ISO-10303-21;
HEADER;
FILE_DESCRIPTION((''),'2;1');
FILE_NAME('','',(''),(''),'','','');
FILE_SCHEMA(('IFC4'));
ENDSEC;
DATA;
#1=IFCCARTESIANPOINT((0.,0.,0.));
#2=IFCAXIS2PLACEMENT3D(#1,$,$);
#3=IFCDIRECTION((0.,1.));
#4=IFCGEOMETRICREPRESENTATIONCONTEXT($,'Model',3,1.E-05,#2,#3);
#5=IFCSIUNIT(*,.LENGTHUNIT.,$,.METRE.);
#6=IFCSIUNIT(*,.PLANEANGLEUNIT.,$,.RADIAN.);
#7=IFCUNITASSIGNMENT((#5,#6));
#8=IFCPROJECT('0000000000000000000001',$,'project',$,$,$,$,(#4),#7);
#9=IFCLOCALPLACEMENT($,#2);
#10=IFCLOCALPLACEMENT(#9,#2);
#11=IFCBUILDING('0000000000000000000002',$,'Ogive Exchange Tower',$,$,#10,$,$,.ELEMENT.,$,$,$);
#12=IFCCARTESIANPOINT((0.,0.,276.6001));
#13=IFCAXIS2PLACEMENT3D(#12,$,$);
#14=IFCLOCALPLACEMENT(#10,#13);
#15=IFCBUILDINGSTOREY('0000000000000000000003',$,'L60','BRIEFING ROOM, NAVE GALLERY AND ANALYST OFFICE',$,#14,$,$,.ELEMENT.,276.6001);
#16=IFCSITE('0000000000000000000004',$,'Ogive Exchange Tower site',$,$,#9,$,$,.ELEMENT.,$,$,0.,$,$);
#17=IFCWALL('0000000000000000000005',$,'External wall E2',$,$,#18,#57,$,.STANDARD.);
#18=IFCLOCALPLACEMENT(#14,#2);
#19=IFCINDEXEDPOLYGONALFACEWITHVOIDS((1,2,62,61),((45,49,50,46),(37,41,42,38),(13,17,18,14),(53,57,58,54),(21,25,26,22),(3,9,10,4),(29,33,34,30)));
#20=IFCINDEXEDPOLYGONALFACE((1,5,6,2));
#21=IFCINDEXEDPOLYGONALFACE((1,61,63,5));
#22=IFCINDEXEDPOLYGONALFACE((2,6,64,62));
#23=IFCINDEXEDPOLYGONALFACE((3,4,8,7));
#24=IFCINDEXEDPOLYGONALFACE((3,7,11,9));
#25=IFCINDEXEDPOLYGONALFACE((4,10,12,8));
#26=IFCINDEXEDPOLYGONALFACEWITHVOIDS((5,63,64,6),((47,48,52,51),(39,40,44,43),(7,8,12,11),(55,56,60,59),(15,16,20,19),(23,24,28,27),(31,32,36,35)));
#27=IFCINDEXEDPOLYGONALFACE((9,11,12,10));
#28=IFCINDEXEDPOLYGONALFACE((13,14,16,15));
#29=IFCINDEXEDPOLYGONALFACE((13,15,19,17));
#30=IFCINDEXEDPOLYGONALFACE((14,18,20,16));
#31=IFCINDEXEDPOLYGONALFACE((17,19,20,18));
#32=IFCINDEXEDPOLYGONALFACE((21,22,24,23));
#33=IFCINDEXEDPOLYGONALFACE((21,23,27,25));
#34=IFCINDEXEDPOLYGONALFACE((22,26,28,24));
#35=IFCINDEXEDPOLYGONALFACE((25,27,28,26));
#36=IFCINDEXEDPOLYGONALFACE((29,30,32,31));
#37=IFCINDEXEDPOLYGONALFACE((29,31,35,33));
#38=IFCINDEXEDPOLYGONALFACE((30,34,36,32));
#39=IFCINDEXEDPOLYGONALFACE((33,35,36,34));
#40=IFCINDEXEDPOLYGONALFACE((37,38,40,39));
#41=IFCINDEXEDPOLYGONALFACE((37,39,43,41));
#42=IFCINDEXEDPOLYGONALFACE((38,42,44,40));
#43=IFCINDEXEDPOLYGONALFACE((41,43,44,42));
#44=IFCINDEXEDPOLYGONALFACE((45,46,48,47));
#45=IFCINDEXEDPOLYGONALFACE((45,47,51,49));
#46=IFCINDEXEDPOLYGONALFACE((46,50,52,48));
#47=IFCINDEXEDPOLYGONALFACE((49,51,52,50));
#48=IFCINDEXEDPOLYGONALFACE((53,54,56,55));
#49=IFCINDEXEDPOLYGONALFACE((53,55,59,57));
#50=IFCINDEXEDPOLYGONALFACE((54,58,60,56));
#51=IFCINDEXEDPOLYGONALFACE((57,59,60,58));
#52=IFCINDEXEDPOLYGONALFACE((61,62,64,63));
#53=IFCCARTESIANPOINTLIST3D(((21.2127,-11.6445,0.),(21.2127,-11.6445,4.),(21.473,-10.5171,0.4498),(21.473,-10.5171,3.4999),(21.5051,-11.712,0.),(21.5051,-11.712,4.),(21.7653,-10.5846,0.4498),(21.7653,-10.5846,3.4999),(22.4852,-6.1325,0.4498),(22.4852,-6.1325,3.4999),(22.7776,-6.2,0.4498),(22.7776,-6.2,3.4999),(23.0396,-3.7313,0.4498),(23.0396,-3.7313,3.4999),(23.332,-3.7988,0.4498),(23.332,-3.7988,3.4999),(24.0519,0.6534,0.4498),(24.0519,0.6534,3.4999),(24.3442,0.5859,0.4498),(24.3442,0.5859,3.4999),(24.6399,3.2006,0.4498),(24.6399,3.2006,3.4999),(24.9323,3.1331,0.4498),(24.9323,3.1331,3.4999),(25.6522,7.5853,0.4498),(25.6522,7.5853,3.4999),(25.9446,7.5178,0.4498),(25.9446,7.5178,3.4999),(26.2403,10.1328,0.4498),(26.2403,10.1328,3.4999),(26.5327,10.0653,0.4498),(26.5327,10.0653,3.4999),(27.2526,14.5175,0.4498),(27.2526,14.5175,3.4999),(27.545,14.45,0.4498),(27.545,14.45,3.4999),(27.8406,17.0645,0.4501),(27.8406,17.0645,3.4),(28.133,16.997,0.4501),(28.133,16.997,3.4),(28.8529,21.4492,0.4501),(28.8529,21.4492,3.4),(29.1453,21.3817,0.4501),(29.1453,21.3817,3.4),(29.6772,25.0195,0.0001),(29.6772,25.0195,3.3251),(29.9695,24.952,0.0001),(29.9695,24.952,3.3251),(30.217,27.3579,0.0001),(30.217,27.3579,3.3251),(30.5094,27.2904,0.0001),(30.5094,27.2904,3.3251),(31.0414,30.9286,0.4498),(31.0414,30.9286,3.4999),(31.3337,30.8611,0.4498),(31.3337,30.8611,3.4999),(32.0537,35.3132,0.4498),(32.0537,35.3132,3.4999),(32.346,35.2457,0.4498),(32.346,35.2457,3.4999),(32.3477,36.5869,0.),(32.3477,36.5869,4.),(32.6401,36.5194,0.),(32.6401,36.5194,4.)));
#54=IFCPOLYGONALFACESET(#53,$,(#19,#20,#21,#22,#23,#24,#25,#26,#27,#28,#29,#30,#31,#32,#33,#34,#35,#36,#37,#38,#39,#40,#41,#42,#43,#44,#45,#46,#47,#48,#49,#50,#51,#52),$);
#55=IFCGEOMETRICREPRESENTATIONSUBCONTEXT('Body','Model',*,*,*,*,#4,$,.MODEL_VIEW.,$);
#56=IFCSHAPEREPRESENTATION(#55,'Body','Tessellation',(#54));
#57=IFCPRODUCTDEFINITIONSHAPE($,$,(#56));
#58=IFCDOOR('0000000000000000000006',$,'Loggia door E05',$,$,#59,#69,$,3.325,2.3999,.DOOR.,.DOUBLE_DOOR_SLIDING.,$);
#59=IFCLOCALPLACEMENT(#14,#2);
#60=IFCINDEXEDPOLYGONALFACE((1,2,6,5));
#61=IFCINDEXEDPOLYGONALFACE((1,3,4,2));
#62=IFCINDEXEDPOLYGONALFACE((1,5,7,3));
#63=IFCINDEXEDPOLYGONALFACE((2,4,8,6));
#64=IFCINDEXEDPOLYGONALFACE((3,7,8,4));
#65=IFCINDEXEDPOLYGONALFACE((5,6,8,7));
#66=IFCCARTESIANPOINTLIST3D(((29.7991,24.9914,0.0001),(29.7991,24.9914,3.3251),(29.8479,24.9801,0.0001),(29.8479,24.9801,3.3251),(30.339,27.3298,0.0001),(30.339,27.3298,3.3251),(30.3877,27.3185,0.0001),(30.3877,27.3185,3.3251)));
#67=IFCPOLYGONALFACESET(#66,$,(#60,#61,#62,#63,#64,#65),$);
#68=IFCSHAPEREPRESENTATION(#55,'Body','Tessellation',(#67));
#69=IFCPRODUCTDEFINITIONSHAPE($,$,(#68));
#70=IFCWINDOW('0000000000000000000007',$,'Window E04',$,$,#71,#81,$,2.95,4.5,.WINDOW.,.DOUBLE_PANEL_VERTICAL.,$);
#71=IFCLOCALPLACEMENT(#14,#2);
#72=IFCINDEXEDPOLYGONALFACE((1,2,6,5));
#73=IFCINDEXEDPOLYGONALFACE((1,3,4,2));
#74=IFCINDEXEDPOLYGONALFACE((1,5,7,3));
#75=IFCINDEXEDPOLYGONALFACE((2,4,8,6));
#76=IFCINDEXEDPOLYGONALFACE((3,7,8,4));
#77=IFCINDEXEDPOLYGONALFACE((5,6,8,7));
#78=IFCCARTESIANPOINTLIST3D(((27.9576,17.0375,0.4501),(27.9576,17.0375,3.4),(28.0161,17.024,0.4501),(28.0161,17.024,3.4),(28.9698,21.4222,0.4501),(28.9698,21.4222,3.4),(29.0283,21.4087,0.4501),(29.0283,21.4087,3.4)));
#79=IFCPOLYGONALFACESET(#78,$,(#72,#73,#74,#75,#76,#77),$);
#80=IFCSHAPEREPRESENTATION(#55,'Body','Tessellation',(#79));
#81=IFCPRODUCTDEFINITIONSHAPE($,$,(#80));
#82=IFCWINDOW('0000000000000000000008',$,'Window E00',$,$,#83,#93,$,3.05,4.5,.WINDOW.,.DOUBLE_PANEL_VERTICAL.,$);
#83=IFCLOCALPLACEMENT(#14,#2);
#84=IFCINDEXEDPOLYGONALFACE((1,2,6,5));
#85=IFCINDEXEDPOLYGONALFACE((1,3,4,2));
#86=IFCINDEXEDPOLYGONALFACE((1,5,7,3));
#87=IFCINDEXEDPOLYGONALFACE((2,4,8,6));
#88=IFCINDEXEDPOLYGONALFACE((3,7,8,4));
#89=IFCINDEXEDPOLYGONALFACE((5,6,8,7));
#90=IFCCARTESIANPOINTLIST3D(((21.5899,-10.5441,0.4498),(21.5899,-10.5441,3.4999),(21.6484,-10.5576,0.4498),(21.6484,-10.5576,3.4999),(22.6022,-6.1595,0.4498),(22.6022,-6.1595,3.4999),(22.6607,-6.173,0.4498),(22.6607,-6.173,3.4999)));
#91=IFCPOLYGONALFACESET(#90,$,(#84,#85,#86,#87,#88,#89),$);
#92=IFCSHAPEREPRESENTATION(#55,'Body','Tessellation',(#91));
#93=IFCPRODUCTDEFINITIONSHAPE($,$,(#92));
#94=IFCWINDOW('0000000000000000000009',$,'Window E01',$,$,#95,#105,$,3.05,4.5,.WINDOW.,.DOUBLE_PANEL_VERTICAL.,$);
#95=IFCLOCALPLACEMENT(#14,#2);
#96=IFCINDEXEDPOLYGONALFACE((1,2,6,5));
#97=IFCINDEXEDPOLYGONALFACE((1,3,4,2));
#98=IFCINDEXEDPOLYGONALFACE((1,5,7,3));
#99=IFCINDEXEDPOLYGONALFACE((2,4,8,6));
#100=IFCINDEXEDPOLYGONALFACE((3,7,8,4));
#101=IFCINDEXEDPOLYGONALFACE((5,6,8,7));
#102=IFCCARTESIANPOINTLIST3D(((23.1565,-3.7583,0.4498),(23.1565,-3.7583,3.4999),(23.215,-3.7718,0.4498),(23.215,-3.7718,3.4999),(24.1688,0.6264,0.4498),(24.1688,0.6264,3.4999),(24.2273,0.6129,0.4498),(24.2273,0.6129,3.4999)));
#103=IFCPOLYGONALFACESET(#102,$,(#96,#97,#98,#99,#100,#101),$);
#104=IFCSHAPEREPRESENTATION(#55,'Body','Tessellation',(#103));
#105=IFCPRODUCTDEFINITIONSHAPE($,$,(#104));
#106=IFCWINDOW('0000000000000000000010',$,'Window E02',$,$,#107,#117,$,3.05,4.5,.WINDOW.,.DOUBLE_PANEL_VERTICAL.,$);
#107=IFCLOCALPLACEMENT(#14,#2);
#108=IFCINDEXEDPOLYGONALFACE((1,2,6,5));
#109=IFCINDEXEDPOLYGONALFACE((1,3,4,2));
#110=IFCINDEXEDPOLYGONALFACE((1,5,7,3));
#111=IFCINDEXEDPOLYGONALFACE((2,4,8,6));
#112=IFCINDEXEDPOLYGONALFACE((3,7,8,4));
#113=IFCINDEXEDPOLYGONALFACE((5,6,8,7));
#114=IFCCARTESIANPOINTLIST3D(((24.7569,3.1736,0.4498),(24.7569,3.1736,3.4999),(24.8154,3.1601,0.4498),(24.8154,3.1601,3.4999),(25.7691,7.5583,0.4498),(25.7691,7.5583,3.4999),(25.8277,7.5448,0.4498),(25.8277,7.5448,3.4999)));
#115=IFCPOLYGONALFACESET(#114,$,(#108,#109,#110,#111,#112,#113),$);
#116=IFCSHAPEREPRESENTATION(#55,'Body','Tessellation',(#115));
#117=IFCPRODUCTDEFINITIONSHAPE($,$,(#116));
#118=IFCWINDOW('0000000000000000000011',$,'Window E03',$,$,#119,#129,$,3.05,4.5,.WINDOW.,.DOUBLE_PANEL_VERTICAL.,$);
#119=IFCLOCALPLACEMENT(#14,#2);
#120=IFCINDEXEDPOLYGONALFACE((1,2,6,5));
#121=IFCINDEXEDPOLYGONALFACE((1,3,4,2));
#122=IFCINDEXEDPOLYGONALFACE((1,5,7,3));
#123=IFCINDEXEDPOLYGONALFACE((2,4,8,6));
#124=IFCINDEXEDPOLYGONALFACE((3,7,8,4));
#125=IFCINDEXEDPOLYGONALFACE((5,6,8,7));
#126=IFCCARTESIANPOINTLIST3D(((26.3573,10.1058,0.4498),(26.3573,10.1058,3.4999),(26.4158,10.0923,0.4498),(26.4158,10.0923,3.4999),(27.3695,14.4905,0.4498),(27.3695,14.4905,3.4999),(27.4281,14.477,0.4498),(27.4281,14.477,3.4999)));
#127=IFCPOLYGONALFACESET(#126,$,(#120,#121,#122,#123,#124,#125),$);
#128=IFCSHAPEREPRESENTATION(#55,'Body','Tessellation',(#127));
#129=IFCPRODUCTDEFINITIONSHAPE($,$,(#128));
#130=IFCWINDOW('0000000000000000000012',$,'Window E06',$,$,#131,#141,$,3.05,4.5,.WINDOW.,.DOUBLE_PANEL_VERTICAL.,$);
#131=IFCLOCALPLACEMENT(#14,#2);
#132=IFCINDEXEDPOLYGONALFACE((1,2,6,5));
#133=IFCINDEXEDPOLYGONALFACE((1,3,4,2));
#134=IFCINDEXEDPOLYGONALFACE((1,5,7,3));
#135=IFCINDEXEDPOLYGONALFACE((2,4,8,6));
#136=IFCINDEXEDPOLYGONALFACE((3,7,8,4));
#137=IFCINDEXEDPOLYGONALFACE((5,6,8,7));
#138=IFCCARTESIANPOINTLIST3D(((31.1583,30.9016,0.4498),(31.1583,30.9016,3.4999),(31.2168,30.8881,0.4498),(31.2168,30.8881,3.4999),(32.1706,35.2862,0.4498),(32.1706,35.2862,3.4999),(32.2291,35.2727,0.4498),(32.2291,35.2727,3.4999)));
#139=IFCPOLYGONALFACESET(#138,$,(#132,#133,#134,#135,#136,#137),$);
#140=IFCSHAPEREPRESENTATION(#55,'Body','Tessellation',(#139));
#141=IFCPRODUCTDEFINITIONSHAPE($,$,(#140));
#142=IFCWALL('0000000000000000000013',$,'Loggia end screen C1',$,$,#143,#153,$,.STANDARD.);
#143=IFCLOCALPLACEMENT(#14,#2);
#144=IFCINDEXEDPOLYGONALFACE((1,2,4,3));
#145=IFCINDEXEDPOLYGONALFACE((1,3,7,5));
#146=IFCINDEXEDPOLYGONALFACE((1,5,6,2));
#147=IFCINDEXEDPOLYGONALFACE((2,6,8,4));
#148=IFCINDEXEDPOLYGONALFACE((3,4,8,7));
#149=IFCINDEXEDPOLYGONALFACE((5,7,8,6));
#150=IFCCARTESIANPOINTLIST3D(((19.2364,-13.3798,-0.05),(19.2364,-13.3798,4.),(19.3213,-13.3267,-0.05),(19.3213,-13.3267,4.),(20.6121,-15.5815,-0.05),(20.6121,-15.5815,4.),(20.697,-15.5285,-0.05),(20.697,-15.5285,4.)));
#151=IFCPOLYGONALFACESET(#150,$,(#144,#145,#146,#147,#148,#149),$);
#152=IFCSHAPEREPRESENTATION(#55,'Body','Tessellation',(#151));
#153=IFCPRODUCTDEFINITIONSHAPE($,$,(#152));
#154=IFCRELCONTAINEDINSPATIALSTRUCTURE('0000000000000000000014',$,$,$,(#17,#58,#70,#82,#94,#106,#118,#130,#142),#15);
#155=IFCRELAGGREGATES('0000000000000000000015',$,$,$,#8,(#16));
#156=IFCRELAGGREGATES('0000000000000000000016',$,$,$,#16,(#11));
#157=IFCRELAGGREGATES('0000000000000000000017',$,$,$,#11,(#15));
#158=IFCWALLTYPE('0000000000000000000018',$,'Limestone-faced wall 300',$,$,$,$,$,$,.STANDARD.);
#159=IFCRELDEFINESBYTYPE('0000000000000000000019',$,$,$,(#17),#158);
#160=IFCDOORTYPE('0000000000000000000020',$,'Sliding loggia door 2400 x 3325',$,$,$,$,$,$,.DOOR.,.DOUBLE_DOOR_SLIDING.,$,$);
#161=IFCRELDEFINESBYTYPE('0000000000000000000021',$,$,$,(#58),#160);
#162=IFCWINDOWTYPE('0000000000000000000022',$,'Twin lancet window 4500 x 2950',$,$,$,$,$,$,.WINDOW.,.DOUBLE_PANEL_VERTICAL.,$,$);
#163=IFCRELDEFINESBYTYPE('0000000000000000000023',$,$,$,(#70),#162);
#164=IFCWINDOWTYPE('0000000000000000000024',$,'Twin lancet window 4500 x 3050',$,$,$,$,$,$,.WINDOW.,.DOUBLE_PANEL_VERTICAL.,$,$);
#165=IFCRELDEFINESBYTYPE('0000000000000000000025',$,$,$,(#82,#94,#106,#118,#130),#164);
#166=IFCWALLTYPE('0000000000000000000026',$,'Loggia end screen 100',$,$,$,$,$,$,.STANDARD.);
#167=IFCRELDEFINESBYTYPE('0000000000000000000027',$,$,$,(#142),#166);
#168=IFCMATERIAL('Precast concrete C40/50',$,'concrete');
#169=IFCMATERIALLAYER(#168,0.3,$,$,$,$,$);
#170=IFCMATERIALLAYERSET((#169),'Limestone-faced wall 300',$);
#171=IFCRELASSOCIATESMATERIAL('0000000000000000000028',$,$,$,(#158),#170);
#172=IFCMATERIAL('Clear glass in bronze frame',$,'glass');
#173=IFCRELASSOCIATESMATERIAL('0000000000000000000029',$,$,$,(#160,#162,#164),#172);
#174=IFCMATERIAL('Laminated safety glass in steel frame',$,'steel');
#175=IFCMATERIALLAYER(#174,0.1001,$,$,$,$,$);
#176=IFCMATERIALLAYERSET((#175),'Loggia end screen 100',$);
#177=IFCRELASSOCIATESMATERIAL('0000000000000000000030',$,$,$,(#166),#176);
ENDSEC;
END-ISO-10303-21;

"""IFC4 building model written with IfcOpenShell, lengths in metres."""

from ifc_helpers import new_model, si_unit, direction, frame, frame_2d, origin, place, context, subcontext, project, spatial, rectangle, extrude, material, layer, layer_set, type_object, element, fill, save


model = new_model("IFC4")

# Units and contexts
model_context = context("Model", 3, precision=1e-05, world=origin(), true_north=direction((0.0, 1.0)))
body_context = subcontext(model_context, "Body", "Model", "MODEL_VIEW")
ifc_project = project(units=[si_unit("LENGTHUNIT", "METRE"), si_unit("PLANEANGLEUNIT", "RADIAN")], contexts=[model_context])

# Site, building, storey
site_placement = place(None, origin())
site = spatial("IfcSite", under=ifc_project, at=site_placement, Name="Ogive Exchange Tower site", CompositionType="ELEMENT", RefElevation=0.0)
building_placement = place(site_placement, origin())
building = spatial("IfcBuilding", under=site, at=building_placement, Name="Ogive Exchange Tower", CompositionType="ELEMENT")
storey_placement = place(building_placement, frame((0.0, 0.0, 276.6001)))
storey = spatial("IfcBuildingStorey", under=building, at=storey_placement, Name="L60", Description="BRIEFING ROOM, NAVE GALLERY AND ANALYST OFFICE", CompositionType="ELEMENT", Elevation=276.6001)

# Wall, openings, door, windows
ifc_material_1 = material(Name="Precast concrete C40/50", Category="concrete")
ifc_layer_1 = layer(ifc_material_1, 0.3)
ifc_layer_set_1 = layer_set([ifc_layer_1], Name="Limestone-faced wall 300")
wall_type_1 = type_object("IfcWallType", Name="Limestone-faced wall 300", PredefinedType="STANDARD", material=ifc_layer_set_1)
wall_1_placement = place(storey_placement, frame((21.3589, -11.6782, 0.0), z_axis=(0.0, 0.0, 1.0), x_axis=(0.224949, 0.97437, 0.0)))
wall_1 = element("IfcWall", 1, at=wall_1_placement, inside=storey, type_object=wall_type_1, Name="External wall E2", PredefinedType="STANDARD", context=body_context, shape_type="SweptSolid", body=[
    extrude(rectangle(XDim=49.5, YDim=0.3, at=frame_2d((24.75, 0.0))), origin(), (0.0, 0.0, 1.0), 4.0),
])
opening_1_placement = place(wall_1_placement, frame((1.157, 0.0, 0.45)))
opening_1 = element("IfcOpeningElement", 2, at=opening_1_placement, cuts=wall_1, PredefinedType="OPENING", context=body_context, shape_type="SweptSolid", body=[
    extrude(rectangle(XDim=4.5, YDim=3.05, at=frame_2d((2.25, 1.5249))), frame((0.0, 0.1599, 0.0), z_axis=(0.0, -1.0, 0.0), x_axis=(1.0, 0.0, 0.0)), (0.0, 0.0, 1.0), 0.3201),
])
opening_2_placement = place(wall_1_placement, frame((8.1213, 0.0, 0.45)))
opening_2 = element("IfcOpeningElement", 3, at=opening_2_placement, cuts=wall_1, PredefinedType="OPENING", context=body_context, shape_type="SweptSolid", body=[
    extrude(rectangle(XDim=4.5, YDim=3.05, at=frame_2d((2.25, 1.5249))), frame((0.0, 0.1599, 0.0), z_axis=(0.0, -1.0, 0.0), x_axis=(1.0, 0.0, 0.0)), (0.0, 0.0, 1.0), 0.3201),
])
opening_3_placement = place(wall_1_placement, frame((15.2356, 0.0, 0.45)))
opening_3 = element("IfcOpeningElement", 4, at=opening_3_placement, cuts=wall_1, PredefinedType="OPENING", context=body_context, shape_type="SweptSolid", body=[
    extrude(rectangle(XDim=4.5, YDim=3.05, at=frame_2d((2.25, 1.5249))), frame((0.0, 0.1599, 0.0), z_axis=(0.0, -1.0, 0.0), x_axis=(1.0, 0.0, 0.0)), (0.0, 0.0, 1.0), 0.3201),
])
opening_4_placement = place(wall_1_placement, frame((22.3501, 0.0, 0.45)))
opening_4 = element("IfcOpeningElement", 5, at=opening_4_placement, cuts=wall_1, PredefinedType="OPENING", context=body_context, shape_type="SweptSolid", body=[
    extrude(rectangle(XDim=4.5, YDim=3.05, at=frame_2d((2.25, 1.5249))), frame((0.0, 0.1599, 0.0), z_axis=(0.0, -1.0, 0.0), x_axis=(1.0, 0.0, 0.0)), (0.0, 0.0, 1.0), 0.3201),
])
opening_5_placement = place(wall_1_placement, frame((29.4641, 0.0, 0.45)))
opening_5 = element("IfcOpeningElement", 6, at=opening_5_placement, cuts=wall_1, PredefinedType="OPENING", context=body_context, shape_type="SweptSolid", body=[
    extrude(rectangle(XDim=4.5, YDim=2.95, at=frame_2d((2.25, 1.4751))), frame((0.0, 0.1599, 0.0), z_axis=(0.0, -1.0, 0.0), x_axis=(1.0, 0.0, 0.0)), (0.0, 0.0, 1.0), 0.3201),
])
opening_6_placement = place(wall_1_placement, frame((37.6284, 0.0, 0.0)))
opening_6 = element("IfcOpeningElement", 7, at=opening_6_placement, cuts=wall_1, PredefinedType="OPENING", context=body_context, shape_type="SweptSolid", body=[
    extrude(rectangle(XDim=2.3999, YDim=3.325, at=frame_2d((1.2, 1.6626))), frame((0.0, 0.1599, 0.0), z_axis=(0.0, -1.0, 0.0), x_axis=(1.0, 0.0, 0.0)), (0.0, 0.0, 1.0), 0.3201),
])
opening_7_placement = place(wall_1_placement, frame((43.6929, 0.0, 0.45)))
opening_7 = element("IfcOpeningElement", 8, at=opening_7_placement, cuts=wall_1, PredefinedType="OPENING", context=body_context, shape_type="SweptSolid", body=[
    extrude(rectangle(XDim=4.5, YDim=3.05, at=frame_2d((2.25, 1.5249))), frame((0.0, 0.1599, 0.0), z_axis=(0.0, -1.0, 0.0), x_axis=(1.0, 0.0, 0.0)), (0.0, 0.0, 1.0), 0.3201),
])
ifc_material_2 = material(Name="Clear glass in bronze frame", Category="glass")
door_type_1 = type_object("IfcDoorType", Name="Sliding loggia door 2400 x 3325", OperationType="DOUBLE_DOOR_SLIDING", PredefinedType="DOOR", material=ifc_material_2)
door_1_placement = place(opening_6_placement, origin())
door_1 = element("IfcDoor", 9, at=door_1_placement, inside=storey, type_object=door_type_1, Name="Loggia door E05", OperationType="DOUBLE_DOOR_SLIDING", OverallHeight=3.325, OverallWidth=2.3999, PredefinedType="DOOR", context=body_context, shape_type="SweptSolid", body=[
    extrude(rectangle(XDim=2.3999, YDim=3.325, at=frame_2d((1.2, 1.6626))), frame((0.0, 0.0249, 0.0), z_axis=(0.0, -1.0, 0.0), x_axis=(1.0, 0.0, 0.0)), (0.0, 0.0, 1.0), 0.05),
])
fill(opening_6, door_1)
window_type_1 = type_object("IfcWindowType", Name="Twin lancet window 4500 x 2950", PartitioningType="DOUBLE_PANEL_VERTICAL", PredefinedType="WINDOW", material=ifc_material_2)
window_1_placement = place(opening_5_placement, origin())
window_1 = element("IfcWindow", 10, at=window_1_placement, inside=storey, type_object=window_type_1, Name="Window E04", OverallHeight=2.95, OverallWidth=4.5, PartitioningType="DOUBLE_PANEL_VERTICAL", PredefinedType="WINDOW", context=body_context, shape_type="SweptSolid", body=[
    extrude(rectangle(XDim=4.5, YDim=2.95, at=frame_2d((2.25, 1.4751))), frame((0.0, 0.03, 0.0), z_axis=(0.0, -1.0, 0.0), x_axis=(1.0, 0.0, 0.0)), (0.0, 0.0, 1.0), 0.0601),
])
fill(opening_5, window_1)
window_type_2 = type_object("IfcWindowType", Name="Twin lancet window 4500 x 3050", PartitioningType="DOUBLE_PANEL_VERTICAL", PredefinedType="WINDOW", material=ifc_material_2)
window_2_placement = place(opening_1_placement, origin())
window_2 = element("IfcWindow", 11, at=window_2_placement, inside=storey, type_object=window_type_2, Name="Window E00", OverallHeight=3.05, OverallWidth=4.5, PartitioningType="DOUBLE_PANEL_VERTICAL", PredefinedType="WINDOW", context=body_context, shape_type="SweptSolid", body=[
    extrude(rectangle(XDim=4.5, YDim=3.05, at=frame_2d((2.25, 1.5249))), frame((0.0, 0.03, 0.0), z_axis=(0.0, -1.0, 0.0), x_axis=(1.0, 0.0, 0.0)), (0.0, 0.0, 1.0), 0.0601),
])
fill(opening_1, window_2)
window_3_placement = place(opening_2_placement, origin())
window_3 = element("IfcWindow", 12, at=window_3_placement, inside=storey, type_object=window_type_2, Name="Window E01", OverallHeight=3.05, OverallWidth=4.5, PartitioningType="DOUBLE_PANEL_VERTICAL", PredefinedType="WINDOW", context=body_context, shape_type="SweptSolid", body=[
    extrude(rectangle(XDim=4.5, YDim=3.05, at=frame_2d((2.25, 1.5249))), frame((0.0, 0.03, 0.0), z_axis=(0.0, -1.0, 0.0), x_axis=(1.0, 0.0, 0.0)), (0.0, 0.0, 1.0), 0.0601),
])
fill(opening_2, window_3)
window_4_placement = place(opening_3_placement, origin())
window_4 = element("IfcWindow", 13, at=window_4_placement, inside=storey, type_object=window_type_2, Name="Window E02", OverallHeight=3.05, OverallWidth=4.5, PartitioningType="DOUBLE_PANEL_VERTICAL", PredefinedType="WINDOW", context=body_context, shape_type="SweptSolid", body=[
    extrude(rectangle(XDim=4.5, YDim=3.05, at=frame_2d((2.25, 1.5249))), frame((0.0, 0.03, 0.0), z_axis=(0.0, -1.0, 0.0), x_axis=(1.0, 0.0, 0.0)), (0.0, 0.0, 1.0), 0.0601),
])
fill(opening_3, window_4)
window_5_placement = place(opening_4_placement, origin())
window_5 = element("IfcWindow", 14, at=window_5_placement, inside=storey, type_object=window_type_2, Name="Window E03", OverallHeight=3.05, OverallWidth=4.5, PartitioningType="DOUBLE_PANEL_VERTICAL", PredefinedType="WINDOW", context=body_context, shape_type="SweptSolid", body=[
    extrude(rectangle(XDim=4.5, YDim=3.05, at=frame_2d((2.25, 1.5249))), frame((0.0, 0.03, 0.0), z_axis=(0.0, -1.0, 0.0), x_axis=(1.0, 0.0, 0.0)), (0.0, 0.0, 1.0), 0.0601),
])
fill(opening_4, window_5)
window_6_placement = place(opening_7_placement, origin())
window_6 = element("IfcWindow", 15, at=window_6_placement, inside=storey, type_object=window_type_2, Name="Window E06", OverallHeight=3.05, OverallWidth=4.5, PartitioningType="DOUBLE_PANEL_VERTICAL", PredefinedType="WINDOW", context=body_context, shape_type="SweptSolid", body=[
    extrude(rectangle(XDim=4.5, YDim=3.05, at=frame_2d((2.25, 1.5249))), frame((0.0, 0.03, 0.0), z_axis=(0.0, -1.0, 0.0), x_axis=(1.0, 0.0, 0.0)), (0.0, 0.0, 1.0), 0.0601),
])
fill(opening_7, window_6)

# Wall
ifc_material_3 = material(Name="Laminated safety glass in steel frame", Category="steel")
ifc_layer_2 = layer(ifc_material_3, 0.1001)
ifc_layer_set_2 = layer_set([ifc_layer_2], Name="Loggia end screen 100")
wall_type_2 = type_object("IfcWallType", Name="Loggia end screen 100", PredefinedType="STANDARD", material=ifc_layer_set_2)
wall_2_placement = place(storey_placement, frame((19.2788, -13.3533, -0.05), z_axis=(0.0, 0.0, 1.0), x_axis=(0.529914, -0.848051, 0.0)))
element("IfcWall", 16, at=wall_2_placement, inside=storey, type_object=wall_type_2, Name="Loggia end screen C1", PredefinedType="STANDARD", context=body_context, shape_type="SweptSolid", body=[
    extrude(rectangle(XDim=2.5962, YDim=0.1001, at=frame_2d((1.2981, 0.0))), origin(), (0.0, 0.0, 1.0), 4.05),
])

save(model, "model.ifc")
